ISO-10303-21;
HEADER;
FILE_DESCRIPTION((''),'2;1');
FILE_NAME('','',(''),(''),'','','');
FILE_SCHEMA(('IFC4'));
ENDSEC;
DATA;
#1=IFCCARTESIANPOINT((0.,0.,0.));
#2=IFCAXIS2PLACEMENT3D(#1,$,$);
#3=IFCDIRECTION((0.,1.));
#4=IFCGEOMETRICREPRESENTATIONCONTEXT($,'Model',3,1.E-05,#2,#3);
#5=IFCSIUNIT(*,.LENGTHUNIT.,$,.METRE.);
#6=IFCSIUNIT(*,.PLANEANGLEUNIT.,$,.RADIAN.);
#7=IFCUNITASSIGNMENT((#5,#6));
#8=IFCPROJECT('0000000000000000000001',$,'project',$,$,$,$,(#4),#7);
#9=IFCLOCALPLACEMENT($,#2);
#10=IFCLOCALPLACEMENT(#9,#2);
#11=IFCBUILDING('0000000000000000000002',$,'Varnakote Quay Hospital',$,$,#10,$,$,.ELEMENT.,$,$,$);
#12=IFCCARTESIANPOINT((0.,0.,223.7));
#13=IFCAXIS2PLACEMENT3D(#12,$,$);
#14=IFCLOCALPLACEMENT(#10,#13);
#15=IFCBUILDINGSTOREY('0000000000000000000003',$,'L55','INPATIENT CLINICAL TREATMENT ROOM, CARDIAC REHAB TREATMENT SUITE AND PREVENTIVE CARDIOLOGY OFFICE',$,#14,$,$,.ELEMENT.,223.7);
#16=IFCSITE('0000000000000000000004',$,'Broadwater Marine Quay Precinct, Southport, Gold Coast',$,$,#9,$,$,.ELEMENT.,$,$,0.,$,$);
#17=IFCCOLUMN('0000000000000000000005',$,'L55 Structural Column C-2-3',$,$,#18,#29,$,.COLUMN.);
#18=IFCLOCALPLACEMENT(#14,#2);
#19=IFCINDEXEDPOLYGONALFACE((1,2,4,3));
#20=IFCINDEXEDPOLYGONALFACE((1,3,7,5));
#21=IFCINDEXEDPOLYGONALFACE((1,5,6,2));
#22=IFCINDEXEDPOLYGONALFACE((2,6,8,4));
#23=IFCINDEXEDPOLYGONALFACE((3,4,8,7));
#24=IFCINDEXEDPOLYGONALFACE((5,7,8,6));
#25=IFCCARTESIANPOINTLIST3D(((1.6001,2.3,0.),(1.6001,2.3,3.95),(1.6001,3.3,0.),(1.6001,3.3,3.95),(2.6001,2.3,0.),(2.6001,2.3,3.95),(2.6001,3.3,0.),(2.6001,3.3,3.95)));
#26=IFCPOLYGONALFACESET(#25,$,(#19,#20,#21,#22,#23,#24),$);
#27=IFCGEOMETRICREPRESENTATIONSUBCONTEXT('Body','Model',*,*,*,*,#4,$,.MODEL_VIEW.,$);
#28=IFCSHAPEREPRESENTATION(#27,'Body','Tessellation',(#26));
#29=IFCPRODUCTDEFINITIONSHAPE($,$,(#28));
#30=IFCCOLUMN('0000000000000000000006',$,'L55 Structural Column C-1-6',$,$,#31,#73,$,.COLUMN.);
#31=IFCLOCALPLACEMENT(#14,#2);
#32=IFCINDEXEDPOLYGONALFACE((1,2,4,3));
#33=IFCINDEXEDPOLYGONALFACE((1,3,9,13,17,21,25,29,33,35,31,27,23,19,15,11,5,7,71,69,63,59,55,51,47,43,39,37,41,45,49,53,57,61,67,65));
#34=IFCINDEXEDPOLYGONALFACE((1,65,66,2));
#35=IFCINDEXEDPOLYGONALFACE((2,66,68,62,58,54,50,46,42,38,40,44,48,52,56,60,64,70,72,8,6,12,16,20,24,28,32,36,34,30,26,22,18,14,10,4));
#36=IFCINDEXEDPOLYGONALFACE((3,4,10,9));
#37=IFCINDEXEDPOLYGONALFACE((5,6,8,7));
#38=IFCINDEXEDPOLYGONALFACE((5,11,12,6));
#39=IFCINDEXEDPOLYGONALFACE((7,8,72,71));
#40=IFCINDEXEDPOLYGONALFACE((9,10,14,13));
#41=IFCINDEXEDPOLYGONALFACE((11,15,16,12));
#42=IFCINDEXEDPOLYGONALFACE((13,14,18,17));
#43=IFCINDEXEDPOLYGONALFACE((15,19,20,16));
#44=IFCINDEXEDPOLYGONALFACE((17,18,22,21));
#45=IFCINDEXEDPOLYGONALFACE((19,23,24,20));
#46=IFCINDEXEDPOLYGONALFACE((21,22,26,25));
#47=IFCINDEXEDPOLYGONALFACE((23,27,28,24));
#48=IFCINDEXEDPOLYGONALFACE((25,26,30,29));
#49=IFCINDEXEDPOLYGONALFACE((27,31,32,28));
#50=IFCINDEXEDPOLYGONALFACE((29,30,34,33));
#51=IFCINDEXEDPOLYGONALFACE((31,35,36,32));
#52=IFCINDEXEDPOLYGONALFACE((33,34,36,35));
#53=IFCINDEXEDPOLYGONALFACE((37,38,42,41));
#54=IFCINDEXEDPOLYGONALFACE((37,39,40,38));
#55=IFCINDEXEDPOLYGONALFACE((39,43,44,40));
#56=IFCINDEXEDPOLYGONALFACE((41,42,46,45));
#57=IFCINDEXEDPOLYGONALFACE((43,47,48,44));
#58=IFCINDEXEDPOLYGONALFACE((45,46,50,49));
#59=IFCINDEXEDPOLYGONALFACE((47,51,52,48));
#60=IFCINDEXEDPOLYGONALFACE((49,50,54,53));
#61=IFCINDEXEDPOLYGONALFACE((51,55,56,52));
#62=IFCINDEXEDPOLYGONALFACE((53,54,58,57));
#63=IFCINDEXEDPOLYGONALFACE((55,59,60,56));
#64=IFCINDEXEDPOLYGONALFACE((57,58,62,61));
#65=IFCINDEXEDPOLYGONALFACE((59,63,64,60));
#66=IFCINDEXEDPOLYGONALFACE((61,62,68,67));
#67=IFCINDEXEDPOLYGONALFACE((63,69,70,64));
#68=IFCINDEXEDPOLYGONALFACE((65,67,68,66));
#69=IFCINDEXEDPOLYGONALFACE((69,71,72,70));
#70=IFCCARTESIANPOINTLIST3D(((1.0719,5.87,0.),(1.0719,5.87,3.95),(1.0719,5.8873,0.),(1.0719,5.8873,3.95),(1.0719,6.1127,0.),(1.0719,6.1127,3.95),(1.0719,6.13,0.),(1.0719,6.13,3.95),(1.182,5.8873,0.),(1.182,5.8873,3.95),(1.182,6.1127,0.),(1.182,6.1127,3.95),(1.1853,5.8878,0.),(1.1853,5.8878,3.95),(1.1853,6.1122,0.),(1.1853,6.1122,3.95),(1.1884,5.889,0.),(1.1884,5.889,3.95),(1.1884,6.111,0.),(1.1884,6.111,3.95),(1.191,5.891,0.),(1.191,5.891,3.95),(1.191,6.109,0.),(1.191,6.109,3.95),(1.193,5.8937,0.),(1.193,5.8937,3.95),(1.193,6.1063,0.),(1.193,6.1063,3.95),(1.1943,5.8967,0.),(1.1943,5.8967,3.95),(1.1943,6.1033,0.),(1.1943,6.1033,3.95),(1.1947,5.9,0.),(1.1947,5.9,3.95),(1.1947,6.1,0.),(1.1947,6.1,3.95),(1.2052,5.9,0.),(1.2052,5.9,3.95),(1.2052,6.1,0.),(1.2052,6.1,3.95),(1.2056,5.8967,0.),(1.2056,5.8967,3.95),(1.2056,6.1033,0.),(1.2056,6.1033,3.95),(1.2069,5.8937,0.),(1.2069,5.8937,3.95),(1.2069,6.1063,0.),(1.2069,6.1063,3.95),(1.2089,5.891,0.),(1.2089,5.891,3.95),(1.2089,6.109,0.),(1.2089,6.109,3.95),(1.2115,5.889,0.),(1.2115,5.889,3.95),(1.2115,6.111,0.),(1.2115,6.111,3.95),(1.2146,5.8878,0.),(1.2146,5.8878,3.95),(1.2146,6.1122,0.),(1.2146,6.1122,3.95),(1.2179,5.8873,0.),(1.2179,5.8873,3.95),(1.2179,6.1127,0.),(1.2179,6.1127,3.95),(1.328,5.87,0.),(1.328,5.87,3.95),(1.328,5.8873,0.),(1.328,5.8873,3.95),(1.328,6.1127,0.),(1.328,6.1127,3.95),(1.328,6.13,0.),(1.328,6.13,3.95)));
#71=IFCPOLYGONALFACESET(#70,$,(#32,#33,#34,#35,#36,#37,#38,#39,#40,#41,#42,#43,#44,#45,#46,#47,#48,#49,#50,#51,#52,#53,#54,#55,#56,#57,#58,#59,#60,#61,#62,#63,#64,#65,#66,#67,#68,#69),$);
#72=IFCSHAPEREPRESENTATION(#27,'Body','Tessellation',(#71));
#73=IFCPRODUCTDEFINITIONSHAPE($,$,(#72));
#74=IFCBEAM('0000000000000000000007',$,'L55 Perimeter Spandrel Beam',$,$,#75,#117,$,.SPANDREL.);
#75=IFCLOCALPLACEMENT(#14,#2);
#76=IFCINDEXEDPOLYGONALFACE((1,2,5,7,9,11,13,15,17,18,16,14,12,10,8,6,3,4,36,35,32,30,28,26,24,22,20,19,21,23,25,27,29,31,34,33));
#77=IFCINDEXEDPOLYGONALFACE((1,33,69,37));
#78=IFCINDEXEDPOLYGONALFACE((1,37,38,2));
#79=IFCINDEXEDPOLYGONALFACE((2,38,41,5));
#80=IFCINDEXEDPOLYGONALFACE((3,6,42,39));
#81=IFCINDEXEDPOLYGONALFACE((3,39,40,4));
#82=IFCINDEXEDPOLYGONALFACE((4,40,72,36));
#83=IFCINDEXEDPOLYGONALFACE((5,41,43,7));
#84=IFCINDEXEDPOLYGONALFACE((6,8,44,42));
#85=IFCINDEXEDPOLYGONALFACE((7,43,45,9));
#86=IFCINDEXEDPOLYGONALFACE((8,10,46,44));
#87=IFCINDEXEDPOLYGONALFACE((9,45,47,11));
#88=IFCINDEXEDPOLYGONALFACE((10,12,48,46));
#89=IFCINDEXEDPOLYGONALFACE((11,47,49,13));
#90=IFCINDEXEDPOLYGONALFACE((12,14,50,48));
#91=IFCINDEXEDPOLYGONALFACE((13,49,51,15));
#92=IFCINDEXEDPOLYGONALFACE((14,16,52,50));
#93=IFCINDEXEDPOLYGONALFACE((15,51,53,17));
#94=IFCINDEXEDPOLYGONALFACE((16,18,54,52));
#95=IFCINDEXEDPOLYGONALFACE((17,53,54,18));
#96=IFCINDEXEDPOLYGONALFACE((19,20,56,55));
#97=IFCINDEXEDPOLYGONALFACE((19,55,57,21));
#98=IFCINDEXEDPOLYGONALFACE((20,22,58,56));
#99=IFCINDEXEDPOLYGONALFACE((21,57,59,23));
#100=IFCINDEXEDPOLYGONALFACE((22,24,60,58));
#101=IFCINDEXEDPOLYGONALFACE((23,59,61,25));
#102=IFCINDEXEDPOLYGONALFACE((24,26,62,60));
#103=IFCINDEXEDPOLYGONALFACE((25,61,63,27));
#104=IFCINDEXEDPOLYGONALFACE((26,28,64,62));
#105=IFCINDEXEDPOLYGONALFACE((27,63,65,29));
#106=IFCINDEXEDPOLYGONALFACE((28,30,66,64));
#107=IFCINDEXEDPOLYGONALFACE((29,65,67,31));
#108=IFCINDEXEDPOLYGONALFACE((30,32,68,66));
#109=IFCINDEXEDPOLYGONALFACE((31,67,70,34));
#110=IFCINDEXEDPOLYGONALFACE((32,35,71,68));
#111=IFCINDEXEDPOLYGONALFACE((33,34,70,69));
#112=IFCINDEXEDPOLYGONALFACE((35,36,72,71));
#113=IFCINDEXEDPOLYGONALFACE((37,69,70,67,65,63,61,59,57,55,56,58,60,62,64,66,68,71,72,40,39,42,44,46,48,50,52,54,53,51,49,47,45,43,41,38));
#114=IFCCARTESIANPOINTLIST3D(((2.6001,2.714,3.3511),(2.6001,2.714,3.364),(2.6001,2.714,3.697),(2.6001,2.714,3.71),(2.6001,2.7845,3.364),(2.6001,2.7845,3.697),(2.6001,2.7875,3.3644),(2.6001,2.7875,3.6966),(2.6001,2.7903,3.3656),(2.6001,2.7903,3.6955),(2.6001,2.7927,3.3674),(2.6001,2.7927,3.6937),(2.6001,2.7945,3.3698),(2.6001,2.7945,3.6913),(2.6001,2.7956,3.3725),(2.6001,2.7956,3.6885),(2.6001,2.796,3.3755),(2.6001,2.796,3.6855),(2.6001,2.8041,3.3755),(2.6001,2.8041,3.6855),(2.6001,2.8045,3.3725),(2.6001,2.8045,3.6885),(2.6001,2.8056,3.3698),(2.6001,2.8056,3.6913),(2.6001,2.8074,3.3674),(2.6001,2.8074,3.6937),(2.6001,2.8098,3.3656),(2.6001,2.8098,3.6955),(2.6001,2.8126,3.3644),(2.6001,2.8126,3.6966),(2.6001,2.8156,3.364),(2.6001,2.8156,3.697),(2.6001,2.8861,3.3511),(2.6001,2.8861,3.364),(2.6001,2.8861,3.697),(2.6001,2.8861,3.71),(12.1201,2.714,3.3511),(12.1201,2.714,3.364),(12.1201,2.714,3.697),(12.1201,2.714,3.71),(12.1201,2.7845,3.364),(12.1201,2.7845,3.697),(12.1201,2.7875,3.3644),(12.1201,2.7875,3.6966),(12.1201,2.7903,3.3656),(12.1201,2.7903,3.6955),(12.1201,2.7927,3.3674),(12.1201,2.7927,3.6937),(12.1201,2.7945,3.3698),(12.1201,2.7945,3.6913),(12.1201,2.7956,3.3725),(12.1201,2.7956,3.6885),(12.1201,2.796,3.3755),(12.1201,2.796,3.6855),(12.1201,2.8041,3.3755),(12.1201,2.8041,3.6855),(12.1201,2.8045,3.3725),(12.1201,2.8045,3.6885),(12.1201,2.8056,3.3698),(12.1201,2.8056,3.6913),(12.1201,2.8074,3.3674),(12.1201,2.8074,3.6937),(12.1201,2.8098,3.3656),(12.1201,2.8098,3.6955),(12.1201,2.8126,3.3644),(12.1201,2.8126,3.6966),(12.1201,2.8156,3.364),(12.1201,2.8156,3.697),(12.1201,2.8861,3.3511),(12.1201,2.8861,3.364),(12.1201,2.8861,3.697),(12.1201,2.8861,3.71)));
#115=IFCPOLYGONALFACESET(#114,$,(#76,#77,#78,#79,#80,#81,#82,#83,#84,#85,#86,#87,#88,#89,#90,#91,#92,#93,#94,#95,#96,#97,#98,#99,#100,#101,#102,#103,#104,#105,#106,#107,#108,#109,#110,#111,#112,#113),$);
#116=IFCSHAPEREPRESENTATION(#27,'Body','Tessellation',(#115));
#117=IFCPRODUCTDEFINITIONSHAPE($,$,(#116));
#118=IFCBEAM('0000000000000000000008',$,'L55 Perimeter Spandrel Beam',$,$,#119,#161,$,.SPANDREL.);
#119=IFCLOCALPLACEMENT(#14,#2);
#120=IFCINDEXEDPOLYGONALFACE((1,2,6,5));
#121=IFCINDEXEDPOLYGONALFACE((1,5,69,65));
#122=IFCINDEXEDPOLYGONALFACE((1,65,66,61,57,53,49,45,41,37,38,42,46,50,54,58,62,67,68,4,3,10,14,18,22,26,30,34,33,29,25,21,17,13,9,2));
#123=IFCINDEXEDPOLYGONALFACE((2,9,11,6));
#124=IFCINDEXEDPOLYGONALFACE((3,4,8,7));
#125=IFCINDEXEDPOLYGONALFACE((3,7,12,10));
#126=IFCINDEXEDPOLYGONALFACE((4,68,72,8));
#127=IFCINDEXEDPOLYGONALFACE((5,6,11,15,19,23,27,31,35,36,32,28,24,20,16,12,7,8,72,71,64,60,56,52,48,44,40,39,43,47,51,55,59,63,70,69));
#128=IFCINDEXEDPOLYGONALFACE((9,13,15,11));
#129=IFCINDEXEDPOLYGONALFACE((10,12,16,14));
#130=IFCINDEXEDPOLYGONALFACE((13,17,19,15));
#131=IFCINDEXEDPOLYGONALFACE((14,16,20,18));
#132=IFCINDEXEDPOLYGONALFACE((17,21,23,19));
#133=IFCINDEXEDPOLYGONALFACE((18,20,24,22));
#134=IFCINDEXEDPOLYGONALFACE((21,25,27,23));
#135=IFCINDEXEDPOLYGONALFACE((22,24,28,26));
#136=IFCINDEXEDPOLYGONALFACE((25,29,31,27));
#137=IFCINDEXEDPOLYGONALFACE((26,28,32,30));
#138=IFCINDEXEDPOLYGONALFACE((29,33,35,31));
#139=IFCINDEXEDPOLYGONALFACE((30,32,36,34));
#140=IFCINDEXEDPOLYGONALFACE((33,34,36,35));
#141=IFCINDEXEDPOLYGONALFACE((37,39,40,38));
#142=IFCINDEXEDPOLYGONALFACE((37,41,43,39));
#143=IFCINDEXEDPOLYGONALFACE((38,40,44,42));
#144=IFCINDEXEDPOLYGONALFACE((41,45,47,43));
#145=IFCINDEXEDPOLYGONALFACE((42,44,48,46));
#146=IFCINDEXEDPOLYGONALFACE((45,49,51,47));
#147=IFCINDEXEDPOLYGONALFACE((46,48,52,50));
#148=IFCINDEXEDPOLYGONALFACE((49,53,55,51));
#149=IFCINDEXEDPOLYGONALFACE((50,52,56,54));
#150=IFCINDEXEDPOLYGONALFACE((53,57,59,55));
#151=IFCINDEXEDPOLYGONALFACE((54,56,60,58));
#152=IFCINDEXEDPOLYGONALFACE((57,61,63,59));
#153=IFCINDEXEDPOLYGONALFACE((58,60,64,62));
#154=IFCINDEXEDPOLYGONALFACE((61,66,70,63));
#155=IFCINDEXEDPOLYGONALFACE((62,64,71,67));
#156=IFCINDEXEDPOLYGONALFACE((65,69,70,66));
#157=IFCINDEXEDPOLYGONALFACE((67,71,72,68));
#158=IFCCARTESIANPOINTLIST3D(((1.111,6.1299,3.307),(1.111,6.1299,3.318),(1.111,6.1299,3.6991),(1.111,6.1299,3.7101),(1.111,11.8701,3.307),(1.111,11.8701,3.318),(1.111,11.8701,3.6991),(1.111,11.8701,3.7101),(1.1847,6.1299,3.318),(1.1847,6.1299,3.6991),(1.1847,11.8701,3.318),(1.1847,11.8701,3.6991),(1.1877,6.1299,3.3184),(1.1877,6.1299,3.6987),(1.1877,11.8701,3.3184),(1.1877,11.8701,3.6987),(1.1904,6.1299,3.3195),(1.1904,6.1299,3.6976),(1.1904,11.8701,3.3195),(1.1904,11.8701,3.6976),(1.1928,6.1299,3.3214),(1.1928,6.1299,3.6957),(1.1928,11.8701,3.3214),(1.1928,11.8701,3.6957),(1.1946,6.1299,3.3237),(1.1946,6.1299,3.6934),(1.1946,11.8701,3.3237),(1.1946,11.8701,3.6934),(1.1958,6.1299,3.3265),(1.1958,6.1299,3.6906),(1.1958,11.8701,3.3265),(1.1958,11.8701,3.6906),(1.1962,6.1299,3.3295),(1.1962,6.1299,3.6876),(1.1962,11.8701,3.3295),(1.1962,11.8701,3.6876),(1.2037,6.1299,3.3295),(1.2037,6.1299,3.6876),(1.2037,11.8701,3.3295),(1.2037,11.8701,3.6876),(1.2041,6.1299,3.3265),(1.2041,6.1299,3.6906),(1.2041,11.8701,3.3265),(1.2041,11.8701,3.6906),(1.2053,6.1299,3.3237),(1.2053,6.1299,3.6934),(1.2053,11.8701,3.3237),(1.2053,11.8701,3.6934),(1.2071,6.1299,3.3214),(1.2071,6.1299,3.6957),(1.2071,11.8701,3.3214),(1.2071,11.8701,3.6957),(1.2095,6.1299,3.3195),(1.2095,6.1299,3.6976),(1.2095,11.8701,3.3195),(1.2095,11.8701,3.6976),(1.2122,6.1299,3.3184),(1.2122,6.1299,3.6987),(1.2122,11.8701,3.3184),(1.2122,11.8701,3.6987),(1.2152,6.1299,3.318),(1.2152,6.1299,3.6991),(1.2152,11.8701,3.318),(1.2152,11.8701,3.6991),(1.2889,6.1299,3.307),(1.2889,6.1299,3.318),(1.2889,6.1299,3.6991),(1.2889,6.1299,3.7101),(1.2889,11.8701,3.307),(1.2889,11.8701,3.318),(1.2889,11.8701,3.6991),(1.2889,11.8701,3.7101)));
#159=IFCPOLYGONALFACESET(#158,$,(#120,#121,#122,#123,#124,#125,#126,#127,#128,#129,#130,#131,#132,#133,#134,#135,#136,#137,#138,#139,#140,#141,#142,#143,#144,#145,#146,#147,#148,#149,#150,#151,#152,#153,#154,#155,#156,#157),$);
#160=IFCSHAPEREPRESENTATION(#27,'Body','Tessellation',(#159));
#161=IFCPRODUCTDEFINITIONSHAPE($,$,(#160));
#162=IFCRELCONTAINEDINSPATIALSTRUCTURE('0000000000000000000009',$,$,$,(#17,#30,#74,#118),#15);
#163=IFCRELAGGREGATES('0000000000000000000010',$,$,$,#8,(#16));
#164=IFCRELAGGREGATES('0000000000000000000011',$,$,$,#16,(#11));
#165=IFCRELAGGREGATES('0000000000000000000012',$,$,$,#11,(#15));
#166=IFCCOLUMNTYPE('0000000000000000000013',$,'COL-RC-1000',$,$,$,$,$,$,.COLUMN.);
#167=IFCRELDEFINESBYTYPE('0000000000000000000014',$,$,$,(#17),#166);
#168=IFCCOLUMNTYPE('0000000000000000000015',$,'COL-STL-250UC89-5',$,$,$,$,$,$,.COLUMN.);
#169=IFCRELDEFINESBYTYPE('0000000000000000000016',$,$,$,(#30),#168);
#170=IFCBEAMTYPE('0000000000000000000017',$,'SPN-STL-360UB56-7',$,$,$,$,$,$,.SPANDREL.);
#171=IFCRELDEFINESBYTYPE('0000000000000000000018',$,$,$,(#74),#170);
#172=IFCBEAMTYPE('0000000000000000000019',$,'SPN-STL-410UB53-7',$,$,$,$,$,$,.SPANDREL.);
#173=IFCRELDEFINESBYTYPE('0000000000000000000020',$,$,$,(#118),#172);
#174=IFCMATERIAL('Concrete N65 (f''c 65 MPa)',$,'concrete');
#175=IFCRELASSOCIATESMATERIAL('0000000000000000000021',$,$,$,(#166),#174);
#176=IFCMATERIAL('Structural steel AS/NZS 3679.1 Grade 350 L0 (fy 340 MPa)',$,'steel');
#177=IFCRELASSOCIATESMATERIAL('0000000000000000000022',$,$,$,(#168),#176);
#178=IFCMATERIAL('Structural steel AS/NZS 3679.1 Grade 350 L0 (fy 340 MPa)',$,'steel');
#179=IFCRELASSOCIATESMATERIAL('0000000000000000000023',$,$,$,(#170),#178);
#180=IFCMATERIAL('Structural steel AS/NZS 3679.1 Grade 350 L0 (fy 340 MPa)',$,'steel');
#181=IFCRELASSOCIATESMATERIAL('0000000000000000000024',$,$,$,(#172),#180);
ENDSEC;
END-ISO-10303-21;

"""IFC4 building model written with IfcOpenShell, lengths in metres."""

from ifc_helpers import new_model, si_unit, direction, frame, origin, origin_2d, place, context, subcontext, project, spatial, rectangle, i_section, extrude, material, material_profile, profile_set, type_object, element, save


model = new_model("IFC4")

# Units and contexts
model_context = context("Model", 3, precision=1e-05, world=origin(), true_north=direction((0.0, 1.0)))
body_context = subcontext(model_context, "Body", "Model", "MODEL_VIEW")
ifc_project = project(units=[si_unit("LENGTHUNIT", "METRE"), si_unit("PLANEANGLEUNIT", "RADIAN")], contexts=[model_context])

# Site, building, storey
site_placement = place(None, origin())
site = spatial("IfcSite", under=ifc_project, at=site_placement, Name="Broadwater Marine Quay Precinct, Southport, Gold Coast", CompositionType="ELEMENT", RefElevation=0.0)
building_placement = place(site_placement, origin())
building = spatial("IfcBuilding", under=site, at=building_placement, Name="Varnakote Quay Hospital", CompositionType="ELEMENT")
storey_placement = place(building_placement, frame((0.0, 0.0, 223.7)))
storey = spatial("IfcBuildingStorey", under=building, at=storey_placement, Name="L55", Description="INPATIENT CLINICAL TREATMENT ROOM, CARDIAC REHAB TREATMENT SUITE AND PREVENTIVE CARDIOLOGY OFFICE", CompositionType="ELEMENT", Elevation=223.7)

# Columns
ifc_material_1 = material(Name="Concrete N65 (f'c 65 MPa)", Category="concrete")
ifc_material_profile_1 = material_profile(ifc_material_1, rectangle(XDim=1.0, YDim=1.0, at=origin_2d()), Name="RC-COL-1000x1000")
ifc_profile_set_1 = profile_set([ifc_material_profile_1], Name="Concrete N65 (f'c 65 MPa)")
column_type_1 = type_object("IfcColumnType", Name="COL-RC-1000", PredefinedType="COLUMN", material=ifc_profile_set_1)
column_1_placement = place(storey_placement, frame((2.1001, 2.8, 0.0), z_axis=(0.0, 0.0, 1.0), x_axis=(1.0, 0.0, 0.0)))
element("IfcColumn", 1, at=column_1_placement, inside=storey, type_object=column_type_1, Name="L55 Structural Column C-2-3", PredefinedType="COLUMN", context=body_context, shape_type="SweptSolid", body=[
    extrude(rectangle(XDim=1.0, YDim=1.0, at=origin_2d()), origin(), (0.0, 0.0, 1.0), 3.95),
])
ifc_material_2 = material(Name="Structural steel AS/NZS 3679.1 Grade 350 L0 (fy 340 MPa)", Category="steel")
ifc_material_profile_2 = material_profile(ifc_material_2, i_section(OverallWidth=0.2561, OverallDepth=0.26, WebThickness=0.0105, FlangeThickness=0.0173, FilletRadius=0.0127, at=origin_2d()), Name="250UC89.5")
ifc_profile_set_2 = profile_set([ifc_material_profile_2], Name="Structural steel AS/NZS 3679.1 Grade 350 L0 (fy 340 MPa)")
column_type_2 = type_object("IfcColumnType", Name="COL-STL-250UC89-5", PredefinedType="COLUMN", material=ifc_profile_set_2)
column_2_placement = place(storey_placement, frame((1.2, 6.0, 0.0), z_axis=(0.0, 0.0, 1.0), x_axis=(1.0, 0.0, 0.0)))
element("IfcColumn", 2, at=column_2_placement, inside=storey, type_object=column_type_2, Name="L55 Structural Column C-1-6", PredefinedType="COLUMN", context=body_context, shape_type="SweptSolid", body=[
    extrude(i_section(OverallWidth=0.2561, OverallDepth=0.26, WebThickness=0.0105, FlangeThickness=0.0173, FilletRadius=0.0127, at=origin_2d()), origin(), (0.0, 0.0, 1.0), 3.95),
])

# Beams
ifc_material_3 = material(Name="Structural steel AS/NZS 3679.1 Grade 350 L0 (fy 340 MPa)", Category="steel")
ifc_material_profile_3 = material_profile(ifc_material_3, i_section(OverallWidth=0.1721, OverallDepth=0.3589, WebThickness=0.0081, FlangeThickness=0.0129, FilletRadius=0.0115, at=origin_2d()), Name="360UB56.7")
ifc_profile_set_3 = profile_set([ifc_material_profile_3], Name="Structural steel AS/NZS 3679.1 Grade 350 L0 (fy 340 MPa)")
beam_type_1 = type_object("IfcBeamType", Name="SPN-STL-360UB56-7", PredefinedType="SPANDREL", material=ifc_profile_set_3)
beam_1_placement = place(storey_placement, frame((2.6001, 2.8, 3.5305), z_axis=(1.0, 0.0, 0.0), x_axis=(0.0, 1.0, 0.0)))
element("IfcBeam", 3, at=beam_1_placement, inside=storey, type_object=beam_type_1, Name="L55 Perimeter Spandrel Beam", PredefinedType="SPANDREL", context=body_context, shape_type="SweptSolid", body=[
    extrude(i_section(OverallWidth=0.1721, OverallDepth=0.3589, WebThickness=0.0081, FlangeThickness=0.0129, FilletRadius=0.0115, at=origin_2d()), origin(), (0.0, 0.0, 1.0), 9.52),
])
ifc_material_4 = material(Name="Structural steel AS/NZS 3679.1 Grade 350 L0 (fy 340 MPa)", Category="steel")
ifc_material_profile_4 = material_profile(ifc_material_4, i_section(OverallWidth=0.178, OverallDepth=0.4031, WebThickness=0.0076, FlangeThickness=0.011, FilletRadius=0.0115, at=origin_2d()), Name="410UB53.7")
ifc_profile_set_4 = profile_set([ifc_material_profile_4], Name="Structural steel AS/NZS 3679.1 Grade 350 L0 (fy 340 MPa)")
beam_type_2 = type_object("IfcBeamType", Name="SPN-STL-410UB53-7", PredefinedType="SPANDREL", material=ifc_profile_set_4)
beam_2_placement = place(storey_placement, frame((1.2, 6.1299, 3.5085), z_axis=(0.0, 1.0, 0.0), x_axis=(-1.0, 0.0, 0.0)))
element("IfcBeam", 4, at=beam_2_placement, inside=storey, type_object=beam_type_2, Name="L55 Perimeter Spandrel Beam", PredefinedType="SPANDREL", context=body_context, shape_type="SweptSolid", body=[
    extrude(i_section(OverallWidth=0.178, OverallDepth=0.4031, WebThickness=0.0076, FlangeThickness=0.011, FilletRadius=0.0115, at=origin_2d()), origin(), (0.0, 0.0, 1.0), 5.7402),
])

save(model, "model.ifc")
